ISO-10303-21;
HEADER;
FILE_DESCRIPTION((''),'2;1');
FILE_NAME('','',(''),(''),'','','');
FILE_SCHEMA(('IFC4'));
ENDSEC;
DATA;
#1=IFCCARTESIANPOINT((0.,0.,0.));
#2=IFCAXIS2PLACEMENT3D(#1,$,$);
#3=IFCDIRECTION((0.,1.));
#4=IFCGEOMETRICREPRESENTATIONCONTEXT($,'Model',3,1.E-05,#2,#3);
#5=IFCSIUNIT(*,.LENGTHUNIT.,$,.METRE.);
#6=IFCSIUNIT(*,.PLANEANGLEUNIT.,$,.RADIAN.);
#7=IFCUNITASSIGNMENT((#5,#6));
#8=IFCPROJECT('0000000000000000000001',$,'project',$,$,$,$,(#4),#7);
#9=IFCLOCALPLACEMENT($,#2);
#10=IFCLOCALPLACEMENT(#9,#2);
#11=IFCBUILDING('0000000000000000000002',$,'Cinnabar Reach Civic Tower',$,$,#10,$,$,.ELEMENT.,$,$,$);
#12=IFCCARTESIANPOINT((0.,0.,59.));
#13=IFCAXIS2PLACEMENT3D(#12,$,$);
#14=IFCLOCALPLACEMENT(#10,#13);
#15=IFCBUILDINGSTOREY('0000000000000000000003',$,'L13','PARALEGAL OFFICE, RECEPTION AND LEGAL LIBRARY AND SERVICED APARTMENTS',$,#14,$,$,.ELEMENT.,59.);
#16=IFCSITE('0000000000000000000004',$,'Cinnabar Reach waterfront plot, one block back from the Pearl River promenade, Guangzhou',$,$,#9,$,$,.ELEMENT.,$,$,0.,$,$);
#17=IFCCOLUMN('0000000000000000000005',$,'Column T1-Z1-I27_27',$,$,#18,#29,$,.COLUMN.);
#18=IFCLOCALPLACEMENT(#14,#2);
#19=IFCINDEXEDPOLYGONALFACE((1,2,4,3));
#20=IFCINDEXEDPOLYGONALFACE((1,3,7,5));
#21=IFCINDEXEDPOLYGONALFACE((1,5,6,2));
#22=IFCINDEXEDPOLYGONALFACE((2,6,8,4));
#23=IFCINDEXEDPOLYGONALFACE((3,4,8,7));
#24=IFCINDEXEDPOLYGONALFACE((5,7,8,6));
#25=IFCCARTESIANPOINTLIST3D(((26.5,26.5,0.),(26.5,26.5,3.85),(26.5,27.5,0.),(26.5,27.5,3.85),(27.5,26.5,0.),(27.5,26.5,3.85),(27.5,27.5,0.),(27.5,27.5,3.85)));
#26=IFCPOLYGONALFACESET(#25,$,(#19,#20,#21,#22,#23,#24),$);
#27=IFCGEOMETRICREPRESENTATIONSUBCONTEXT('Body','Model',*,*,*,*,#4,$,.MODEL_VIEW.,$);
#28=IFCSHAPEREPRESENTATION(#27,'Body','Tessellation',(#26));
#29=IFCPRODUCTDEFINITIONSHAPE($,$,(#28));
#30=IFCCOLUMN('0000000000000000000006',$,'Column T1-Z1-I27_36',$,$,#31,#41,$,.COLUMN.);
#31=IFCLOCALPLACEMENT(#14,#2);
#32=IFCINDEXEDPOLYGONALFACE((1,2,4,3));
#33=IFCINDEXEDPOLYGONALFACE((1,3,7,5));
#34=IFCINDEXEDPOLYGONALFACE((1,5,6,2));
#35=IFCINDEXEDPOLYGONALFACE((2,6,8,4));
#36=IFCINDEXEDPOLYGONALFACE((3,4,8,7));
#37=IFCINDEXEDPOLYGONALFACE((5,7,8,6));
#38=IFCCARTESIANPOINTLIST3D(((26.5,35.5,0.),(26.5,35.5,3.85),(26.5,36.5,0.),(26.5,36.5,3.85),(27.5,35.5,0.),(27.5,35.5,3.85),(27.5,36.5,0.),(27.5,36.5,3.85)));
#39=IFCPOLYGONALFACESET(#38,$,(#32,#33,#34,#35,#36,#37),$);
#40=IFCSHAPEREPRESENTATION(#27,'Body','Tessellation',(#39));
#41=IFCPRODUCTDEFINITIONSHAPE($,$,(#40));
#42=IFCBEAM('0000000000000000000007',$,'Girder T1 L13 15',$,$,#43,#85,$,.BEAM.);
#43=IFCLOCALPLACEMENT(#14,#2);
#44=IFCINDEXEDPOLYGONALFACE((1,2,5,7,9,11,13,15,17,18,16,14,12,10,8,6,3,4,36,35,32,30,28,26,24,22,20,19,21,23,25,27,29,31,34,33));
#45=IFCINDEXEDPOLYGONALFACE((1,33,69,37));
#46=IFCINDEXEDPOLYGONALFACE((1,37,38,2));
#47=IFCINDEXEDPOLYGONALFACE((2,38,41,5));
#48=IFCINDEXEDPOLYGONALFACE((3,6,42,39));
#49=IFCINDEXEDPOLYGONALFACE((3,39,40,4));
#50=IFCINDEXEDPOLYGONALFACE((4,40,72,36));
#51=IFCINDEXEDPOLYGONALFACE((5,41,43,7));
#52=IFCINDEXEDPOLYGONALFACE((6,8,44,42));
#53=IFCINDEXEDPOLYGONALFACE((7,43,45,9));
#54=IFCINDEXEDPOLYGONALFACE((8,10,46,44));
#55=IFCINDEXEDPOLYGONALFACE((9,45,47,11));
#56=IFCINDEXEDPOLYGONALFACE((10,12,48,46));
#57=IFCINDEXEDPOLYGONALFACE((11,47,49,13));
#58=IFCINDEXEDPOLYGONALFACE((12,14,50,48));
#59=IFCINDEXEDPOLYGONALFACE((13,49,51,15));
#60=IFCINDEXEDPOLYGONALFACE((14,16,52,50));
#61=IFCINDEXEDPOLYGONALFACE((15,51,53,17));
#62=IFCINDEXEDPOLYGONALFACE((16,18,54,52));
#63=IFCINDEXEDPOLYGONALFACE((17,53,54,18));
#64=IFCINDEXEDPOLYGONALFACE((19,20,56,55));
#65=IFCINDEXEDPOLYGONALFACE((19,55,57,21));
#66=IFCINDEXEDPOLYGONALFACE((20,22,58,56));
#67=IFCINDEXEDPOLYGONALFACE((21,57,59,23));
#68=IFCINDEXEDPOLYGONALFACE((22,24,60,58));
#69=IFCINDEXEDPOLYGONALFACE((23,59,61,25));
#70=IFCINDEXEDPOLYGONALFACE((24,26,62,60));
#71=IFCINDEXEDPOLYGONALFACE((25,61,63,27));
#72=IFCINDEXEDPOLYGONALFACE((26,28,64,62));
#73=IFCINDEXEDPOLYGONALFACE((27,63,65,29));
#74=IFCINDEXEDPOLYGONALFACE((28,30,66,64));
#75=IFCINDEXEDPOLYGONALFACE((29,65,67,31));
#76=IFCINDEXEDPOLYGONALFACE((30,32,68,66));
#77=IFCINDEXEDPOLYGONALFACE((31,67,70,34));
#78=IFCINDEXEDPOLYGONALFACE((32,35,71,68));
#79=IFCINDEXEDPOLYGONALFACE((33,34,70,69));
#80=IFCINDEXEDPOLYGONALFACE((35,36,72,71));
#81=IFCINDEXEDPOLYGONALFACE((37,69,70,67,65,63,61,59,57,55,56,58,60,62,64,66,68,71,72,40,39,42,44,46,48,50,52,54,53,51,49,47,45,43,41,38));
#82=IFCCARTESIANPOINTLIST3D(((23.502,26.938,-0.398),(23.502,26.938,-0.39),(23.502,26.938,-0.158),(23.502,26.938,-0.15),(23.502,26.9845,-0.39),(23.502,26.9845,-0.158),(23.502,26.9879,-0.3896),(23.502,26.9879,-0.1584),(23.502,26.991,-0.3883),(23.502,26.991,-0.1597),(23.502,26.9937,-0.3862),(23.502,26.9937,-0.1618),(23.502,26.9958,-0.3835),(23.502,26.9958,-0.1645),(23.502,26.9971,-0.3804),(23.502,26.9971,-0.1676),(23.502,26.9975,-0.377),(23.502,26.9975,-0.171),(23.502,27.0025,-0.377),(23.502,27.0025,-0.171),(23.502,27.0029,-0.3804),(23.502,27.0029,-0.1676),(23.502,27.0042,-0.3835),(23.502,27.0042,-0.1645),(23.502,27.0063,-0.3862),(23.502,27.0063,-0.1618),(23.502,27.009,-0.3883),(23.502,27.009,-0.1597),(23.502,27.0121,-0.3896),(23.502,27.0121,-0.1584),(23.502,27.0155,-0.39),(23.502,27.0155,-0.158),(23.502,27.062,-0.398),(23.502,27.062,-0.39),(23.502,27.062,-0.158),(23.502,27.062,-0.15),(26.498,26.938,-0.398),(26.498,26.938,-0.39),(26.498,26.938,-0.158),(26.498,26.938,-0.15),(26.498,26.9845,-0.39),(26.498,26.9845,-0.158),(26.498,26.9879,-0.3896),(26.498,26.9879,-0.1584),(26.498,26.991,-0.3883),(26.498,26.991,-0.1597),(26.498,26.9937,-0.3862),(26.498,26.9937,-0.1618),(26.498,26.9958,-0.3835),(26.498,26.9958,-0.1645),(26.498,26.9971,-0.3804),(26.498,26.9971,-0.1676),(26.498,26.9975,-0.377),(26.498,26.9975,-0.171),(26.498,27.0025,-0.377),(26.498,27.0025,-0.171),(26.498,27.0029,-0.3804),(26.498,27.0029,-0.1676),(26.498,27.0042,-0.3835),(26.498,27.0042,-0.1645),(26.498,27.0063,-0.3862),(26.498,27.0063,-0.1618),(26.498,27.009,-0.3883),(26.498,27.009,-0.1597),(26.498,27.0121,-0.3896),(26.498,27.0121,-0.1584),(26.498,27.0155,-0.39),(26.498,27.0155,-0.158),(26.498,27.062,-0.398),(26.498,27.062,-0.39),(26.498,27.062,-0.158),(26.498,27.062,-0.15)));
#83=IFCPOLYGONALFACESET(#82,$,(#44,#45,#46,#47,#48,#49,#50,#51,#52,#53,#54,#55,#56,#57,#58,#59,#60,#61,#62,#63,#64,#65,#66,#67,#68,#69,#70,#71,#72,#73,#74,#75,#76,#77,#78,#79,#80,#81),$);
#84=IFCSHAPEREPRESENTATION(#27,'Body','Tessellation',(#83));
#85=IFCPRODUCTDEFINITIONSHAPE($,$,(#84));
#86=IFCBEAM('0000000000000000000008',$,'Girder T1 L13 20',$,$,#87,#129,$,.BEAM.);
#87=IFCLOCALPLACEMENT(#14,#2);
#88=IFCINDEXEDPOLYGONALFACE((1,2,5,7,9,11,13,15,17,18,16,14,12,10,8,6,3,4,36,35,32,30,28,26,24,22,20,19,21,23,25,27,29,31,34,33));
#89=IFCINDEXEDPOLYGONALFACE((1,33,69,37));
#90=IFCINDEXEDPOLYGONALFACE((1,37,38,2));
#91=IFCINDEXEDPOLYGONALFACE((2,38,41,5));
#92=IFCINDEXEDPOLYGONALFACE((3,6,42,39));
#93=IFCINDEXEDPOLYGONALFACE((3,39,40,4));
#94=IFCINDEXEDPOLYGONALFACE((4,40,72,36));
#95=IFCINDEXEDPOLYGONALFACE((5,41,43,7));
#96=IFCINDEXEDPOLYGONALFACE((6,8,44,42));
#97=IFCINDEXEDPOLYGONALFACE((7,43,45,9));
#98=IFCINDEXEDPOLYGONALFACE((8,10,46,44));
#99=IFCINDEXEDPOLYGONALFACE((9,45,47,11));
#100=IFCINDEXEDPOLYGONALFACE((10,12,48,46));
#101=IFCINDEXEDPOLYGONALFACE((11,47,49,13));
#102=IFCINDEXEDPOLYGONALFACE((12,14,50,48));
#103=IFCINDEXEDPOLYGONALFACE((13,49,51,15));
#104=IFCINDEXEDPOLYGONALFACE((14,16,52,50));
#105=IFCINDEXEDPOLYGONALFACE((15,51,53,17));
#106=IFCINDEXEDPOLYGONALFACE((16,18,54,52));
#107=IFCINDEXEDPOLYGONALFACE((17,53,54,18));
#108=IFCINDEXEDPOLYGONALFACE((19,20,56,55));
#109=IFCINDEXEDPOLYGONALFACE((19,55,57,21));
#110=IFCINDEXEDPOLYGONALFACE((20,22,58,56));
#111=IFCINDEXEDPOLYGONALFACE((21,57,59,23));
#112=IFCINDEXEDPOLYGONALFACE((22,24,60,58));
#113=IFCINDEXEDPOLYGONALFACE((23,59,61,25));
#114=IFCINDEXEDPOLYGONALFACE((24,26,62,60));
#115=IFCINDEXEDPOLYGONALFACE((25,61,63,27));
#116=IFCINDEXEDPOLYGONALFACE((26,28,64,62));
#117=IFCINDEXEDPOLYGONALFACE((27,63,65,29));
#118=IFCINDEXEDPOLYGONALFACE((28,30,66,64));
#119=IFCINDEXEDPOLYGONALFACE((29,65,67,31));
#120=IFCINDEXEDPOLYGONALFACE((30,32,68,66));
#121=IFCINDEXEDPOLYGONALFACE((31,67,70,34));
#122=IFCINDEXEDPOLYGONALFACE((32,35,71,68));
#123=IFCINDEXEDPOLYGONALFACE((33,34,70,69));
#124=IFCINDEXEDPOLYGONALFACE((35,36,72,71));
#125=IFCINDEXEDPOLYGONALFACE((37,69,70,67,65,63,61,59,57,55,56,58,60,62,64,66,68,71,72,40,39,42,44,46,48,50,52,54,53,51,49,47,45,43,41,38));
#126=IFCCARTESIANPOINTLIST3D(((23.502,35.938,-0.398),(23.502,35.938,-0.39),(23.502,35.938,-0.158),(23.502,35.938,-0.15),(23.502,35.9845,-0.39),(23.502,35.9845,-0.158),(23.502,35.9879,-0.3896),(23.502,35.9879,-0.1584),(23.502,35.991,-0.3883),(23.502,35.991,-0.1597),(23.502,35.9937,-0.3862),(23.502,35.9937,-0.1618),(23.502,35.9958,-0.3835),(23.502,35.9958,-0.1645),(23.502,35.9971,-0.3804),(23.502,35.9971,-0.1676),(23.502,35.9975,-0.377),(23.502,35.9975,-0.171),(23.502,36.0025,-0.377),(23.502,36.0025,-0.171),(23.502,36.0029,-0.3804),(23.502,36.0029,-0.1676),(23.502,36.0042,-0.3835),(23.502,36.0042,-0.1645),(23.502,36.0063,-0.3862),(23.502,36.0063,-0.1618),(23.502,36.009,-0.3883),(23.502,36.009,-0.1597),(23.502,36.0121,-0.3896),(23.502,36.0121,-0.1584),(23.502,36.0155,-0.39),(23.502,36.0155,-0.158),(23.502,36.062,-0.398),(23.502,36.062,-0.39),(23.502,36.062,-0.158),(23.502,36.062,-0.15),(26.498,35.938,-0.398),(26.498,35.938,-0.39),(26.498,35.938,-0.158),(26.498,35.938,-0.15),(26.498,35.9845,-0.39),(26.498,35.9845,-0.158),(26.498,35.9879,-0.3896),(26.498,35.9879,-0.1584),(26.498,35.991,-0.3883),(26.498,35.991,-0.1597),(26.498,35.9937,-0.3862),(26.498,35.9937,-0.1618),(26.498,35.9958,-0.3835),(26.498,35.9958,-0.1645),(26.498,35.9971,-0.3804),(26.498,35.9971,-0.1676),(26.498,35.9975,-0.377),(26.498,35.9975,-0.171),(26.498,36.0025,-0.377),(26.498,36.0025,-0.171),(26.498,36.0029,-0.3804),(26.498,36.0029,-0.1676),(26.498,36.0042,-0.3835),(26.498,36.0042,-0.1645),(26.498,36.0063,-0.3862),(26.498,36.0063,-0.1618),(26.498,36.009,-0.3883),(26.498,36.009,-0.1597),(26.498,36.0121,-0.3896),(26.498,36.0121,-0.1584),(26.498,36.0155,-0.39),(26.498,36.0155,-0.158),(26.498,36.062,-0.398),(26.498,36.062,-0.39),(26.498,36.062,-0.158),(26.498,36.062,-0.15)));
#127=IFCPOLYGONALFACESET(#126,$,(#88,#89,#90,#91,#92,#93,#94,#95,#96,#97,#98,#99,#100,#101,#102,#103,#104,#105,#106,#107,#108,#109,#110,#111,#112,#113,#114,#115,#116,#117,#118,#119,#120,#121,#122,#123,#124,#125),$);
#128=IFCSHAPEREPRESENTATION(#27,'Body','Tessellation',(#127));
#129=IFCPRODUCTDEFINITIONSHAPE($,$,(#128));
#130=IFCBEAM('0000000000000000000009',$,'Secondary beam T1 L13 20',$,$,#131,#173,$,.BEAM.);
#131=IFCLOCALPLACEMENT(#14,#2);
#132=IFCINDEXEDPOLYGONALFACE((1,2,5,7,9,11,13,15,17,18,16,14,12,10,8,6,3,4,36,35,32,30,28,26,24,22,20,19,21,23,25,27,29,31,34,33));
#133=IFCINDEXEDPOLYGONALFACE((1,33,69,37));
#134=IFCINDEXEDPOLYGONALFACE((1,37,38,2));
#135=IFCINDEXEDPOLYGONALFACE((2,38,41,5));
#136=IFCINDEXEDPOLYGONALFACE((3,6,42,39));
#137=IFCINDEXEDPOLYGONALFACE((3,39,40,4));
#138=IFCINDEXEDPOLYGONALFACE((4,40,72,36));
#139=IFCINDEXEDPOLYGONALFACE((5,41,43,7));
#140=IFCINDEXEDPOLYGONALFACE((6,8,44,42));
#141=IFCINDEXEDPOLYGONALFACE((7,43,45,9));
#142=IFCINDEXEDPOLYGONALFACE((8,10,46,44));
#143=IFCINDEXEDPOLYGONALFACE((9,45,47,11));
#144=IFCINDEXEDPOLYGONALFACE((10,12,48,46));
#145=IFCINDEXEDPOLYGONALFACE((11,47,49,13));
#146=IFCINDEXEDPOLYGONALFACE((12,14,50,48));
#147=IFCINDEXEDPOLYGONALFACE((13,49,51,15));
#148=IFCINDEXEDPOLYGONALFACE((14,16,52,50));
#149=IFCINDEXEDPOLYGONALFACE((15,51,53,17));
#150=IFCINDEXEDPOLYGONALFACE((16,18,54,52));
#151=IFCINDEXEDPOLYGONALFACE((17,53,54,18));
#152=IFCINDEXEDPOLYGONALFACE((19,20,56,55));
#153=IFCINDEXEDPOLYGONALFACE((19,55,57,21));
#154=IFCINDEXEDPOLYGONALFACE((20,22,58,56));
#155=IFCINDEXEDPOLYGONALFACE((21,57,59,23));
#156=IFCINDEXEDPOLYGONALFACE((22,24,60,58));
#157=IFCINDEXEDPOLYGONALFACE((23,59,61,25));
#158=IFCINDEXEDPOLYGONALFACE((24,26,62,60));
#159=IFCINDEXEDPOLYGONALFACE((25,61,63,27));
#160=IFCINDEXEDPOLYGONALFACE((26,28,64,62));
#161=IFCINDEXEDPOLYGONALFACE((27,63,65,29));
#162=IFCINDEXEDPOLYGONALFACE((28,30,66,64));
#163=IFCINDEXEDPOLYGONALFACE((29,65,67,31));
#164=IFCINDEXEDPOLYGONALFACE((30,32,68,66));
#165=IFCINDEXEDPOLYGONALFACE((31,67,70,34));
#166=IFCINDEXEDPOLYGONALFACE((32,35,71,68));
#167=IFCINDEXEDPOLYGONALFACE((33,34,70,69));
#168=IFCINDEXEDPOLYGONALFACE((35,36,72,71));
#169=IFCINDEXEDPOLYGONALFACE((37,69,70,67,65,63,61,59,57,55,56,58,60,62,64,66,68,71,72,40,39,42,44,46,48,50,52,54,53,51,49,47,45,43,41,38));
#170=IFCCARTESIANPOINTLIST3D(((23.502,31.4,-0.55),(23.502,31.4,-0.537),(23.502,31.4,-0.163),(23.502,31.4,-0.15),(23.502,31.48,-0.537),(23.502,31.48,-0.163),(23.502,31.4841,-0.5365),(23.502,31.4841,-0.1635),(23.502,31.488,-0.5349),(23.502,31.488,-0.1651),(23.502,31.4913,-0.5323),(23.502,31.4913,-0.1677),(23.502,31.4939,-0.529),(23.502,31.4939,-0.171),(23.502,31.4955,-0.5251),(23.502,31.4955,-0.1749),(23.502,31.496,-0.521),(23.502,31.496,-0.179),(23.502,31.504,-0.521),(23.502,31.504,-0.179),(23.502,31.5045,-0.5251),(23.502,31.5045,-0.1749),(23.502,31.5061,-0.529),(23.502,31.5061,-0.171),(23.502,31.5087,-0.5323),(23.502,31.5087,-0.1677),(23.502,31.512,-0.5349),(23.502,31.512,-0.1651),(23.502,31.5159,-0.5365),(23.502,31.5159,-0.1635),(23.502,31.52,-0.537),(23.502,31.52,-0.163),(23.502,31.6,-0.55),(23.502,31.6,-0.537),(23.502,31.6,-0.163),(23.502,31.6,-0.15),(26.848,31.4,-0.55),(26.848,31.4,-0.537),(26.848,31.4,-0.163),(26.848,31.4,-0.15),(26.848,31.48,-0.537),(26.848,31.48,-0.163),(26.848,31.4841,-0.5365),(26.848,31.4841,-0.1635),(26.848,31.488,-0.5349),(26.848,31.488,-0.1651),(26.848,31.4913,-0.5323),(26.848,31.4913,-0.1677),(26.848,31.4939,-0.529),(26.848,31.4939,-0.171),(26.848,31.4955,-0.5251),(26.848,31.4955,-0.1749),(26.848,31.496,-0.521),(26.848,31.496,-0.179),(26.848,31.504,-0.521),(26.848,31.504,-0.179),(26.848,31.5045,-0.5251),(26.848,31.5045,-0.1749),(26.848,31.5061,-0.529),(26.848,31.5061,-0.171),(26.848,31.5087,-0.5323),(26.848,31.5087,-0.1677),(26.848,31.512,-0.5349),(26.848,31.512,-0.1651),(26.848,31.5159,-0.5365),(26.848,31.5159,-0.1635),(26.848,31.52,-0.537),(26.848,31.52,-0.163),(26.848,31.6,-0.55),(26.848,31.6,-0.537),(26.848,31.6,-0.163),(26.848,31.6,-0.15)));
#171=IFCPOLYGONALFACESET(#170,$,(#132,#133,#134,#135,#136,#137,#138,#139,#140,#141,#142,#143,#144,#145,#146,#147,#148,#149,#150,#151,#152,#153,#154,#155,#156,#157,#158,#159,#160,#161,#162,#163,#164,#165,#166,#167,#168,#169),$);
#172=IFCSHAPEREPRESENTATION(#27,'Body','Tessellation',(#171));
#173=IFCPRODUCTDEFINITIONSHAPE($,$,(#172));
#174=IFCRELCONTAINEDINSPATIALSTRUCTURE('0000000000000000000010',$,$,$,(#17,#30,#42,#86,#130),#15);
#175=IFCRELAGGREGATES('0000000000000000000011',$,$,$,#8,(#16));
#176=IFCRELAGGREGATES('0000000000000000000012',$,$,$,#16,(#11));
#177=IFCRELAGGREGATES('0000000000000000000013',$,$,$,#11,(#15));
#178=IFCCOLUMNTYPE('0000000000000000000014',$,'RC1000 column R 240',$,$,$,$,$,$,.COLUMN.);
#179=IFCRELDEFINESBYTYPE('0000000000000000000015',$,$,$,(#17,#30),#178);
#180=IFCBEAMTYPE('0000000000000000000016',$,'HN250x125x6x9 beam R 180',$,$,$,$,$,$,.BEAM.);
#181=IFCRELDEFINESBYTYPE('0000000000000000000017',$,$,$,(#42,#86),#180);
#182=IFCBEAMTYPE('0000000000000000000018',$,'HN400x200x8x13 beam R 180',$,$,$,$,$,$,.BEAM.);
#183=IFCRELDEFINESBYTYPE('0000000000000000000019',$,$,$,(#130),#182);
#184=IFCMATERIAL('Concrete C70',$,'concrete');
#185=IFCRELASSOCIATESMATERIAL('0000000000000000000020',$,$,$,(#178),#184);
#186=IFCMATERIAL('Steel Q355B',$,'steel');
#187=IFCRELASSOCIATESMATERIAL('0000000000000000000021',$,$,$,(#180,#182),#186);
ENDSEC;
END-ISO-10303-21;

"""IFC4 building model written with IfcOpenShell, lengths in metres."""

from ifc_helpers import new_model, si_unit, direction, frame, origin, origin_2d, place, context, subcontext, project, spatial, rectangle, i_section, extrude, material, material_profile, profile_set, type_object, element, save


model = new_model("IFC4")

# Units and contexts
model_context = context("Model", 3, precision=1e-05, world=origin(), true_north=direction((0.0, 1.0)))
body_context = subcontext(model_context, "Body", "Model", "MODEL_VIEW")
ifc_project = project(units=[si_unit("LENGTHUNIT", "METRE"), si_unit("PLANEANGLEUNIT", "RADIAN")], contexts=[model_context])

# Site, building, storey
site_placement = place(None, origin())
site = spatial("IfcSite", under=ifc_project, at=site_placement, Name="Cinnabar Reach waterfront plot, one block back from the Pearl River promenade, Guangzhou", CompositionType="ELEMENT", RefElevation=0.0)
building_placement = place(site_placement, origin())
building = spatial("IfcBuilding", under=site, at=building_placement, Name="Cinnabar Reach Civic Tower", CompositionType="ELEMENT")
storey_placement = place(building_placement, frame((0.0, 0.0, 59.0)))
storey = spatial("IfcBuildingStorey", under=building, at=storey_placement, Name="L13", Description="PARALEGAL OFFICE, RECEPTION AND LEGAL LIBRARY AND SERVICED APARTMENTS", CompositionType="ELEMENT", Elevation=59.0)

# Columns
ifc_material_1 = material(Name="Concrete C70", Category="concrete")
ifc_material_profile_1 = material_profile(ifc_material_1, rectangle(XDim=1.0, YDim=1.0, at=origin_2d()), Name="RC1000")
ifc_profile_set_1 = profile_set([ifc_material_profile_1], Name="Concrete C70")
column_type = type_object("IfcColumnType", Name="RC1000 column R 240", PredefinedType="COLUMN", material=ifc_profile_set_1)
for number, where, z_axis, x_axis, name in (
    (1, (27.0, 27.0, 0.0), (0.0, 0.0, 1.0), (1.0, 0.0, 0.0), "Column T1-Z1-I27_27"),
    (2, (27.0, 36.0, 0.0), (0.0, 0.0, 1.0), (1.0, 0.0, 0.0), "Column T1-Z1-I27_36"),
):
    element("IfcColumn", number, at=place(storey_placement, frame(where, z_axis=z_axis, x_axis=x_axis)), inside=storey, type_object=column_type, Name=name, PredefinedType="COLUMN", context=body_context, shape_type="SweptSolid", body=[
        extrude(rectangle(XDim=1.0, YDim=1.0, at=origin_2d()), origin(), (0.0, 0.0, 1.0), 3.85),
    ])

# Beams
ifc_material_2 = material(Name="Steel Q355B", Category="steel")
ifc_material_profile_2 = material_profile(ifc_material_2, i_section(OverallWidth=0.124, OverallDepth=0.248, WebThickness=0.005, FlangeThickness=0.008, FilletRadius=0.013, at=origin_2d()), Name="HN250x125x6x9")
ifc_profile_set_2 = profile_set([ifc_material_profile_2], Name="Steel Q355B")
beam_type_1 = type_object("IfcBeamType", Name="HN250x125x6x9 beam R 180", PredefinedType="BEAM", material=ifc_profile_set_2)
for number, where, z_axis, x_axis, name in (
    (3, (23.502, 27.0, -0.274), (1.0, 0.0, 0.0), (0.0, 1.0, 0.0), "Girder T1 L13 15"),
    (4, (23.502, 36.0, -0.274), (1.0, 0.0, 0.0), (0.0, 1.0, 0.0), "Girder T1 L13 20"),
):
    element("IfcBeam", number, at=place(storey_placement, frame(where, z_axis=z_axis, x_axis=x_axis)), inside=storey, type_object=beam_type_1, Name=name, PredefinedType="BEAM", context=body_context, shape_type="SweptSolid", body=[
        extrude(i_section(OverallWidth=0.124, OverallDepth=0.248, WebThickness=0.005, FlangeThickness=0.008, FilletRadius=0.013, at=origin_2d()), origin(), (0.0, 0.0, 1.0), 2.996),
    ])
ifc_material_profile_3 = material_profile(ifc_material_2, i_section(OverallWidth=0.2, OverallDepth=0.4, WebThickness=0.008, FlangeThickness=0.013, FilletRadius=0.016, at=origin_2d()), Name="HN400x200x8x13")
ifc_profile_set_3 = profile_set([ifc_material_profile_3], Name="Steel Q355B")
beam_type_2 = type_object("IfcBeamType", Name="HN400x200x8x13 beam R 180", PredefinedType="BEAM", material=ifc_profile_set_3)
beam_1_placement = place(storey_placement, frame((23.502, 31.5, -0.35), z_axis=(1.0, 0.0, 0.0), x_axis=(0.0, 1.0, 0.0)))
element("IfcBeam", 5, at=beam_1_placement, inside=storey, type_object=beam_type_2, Name="Secondary beam T1 L13 20", PredefinedType="BEAM", context=body_context, shape_type="SweptSolid", body=[
    extrude(i_section(OverallWidth=0.2, OverallDepth=0.4, WebThickness=0.008, FlangeThickness=0.013, FilletRadius=0.016, at=origin_2d()), origin(), (0.0, 0.0, 1.0), 3.346),
])

save(model, "model.ifc")
